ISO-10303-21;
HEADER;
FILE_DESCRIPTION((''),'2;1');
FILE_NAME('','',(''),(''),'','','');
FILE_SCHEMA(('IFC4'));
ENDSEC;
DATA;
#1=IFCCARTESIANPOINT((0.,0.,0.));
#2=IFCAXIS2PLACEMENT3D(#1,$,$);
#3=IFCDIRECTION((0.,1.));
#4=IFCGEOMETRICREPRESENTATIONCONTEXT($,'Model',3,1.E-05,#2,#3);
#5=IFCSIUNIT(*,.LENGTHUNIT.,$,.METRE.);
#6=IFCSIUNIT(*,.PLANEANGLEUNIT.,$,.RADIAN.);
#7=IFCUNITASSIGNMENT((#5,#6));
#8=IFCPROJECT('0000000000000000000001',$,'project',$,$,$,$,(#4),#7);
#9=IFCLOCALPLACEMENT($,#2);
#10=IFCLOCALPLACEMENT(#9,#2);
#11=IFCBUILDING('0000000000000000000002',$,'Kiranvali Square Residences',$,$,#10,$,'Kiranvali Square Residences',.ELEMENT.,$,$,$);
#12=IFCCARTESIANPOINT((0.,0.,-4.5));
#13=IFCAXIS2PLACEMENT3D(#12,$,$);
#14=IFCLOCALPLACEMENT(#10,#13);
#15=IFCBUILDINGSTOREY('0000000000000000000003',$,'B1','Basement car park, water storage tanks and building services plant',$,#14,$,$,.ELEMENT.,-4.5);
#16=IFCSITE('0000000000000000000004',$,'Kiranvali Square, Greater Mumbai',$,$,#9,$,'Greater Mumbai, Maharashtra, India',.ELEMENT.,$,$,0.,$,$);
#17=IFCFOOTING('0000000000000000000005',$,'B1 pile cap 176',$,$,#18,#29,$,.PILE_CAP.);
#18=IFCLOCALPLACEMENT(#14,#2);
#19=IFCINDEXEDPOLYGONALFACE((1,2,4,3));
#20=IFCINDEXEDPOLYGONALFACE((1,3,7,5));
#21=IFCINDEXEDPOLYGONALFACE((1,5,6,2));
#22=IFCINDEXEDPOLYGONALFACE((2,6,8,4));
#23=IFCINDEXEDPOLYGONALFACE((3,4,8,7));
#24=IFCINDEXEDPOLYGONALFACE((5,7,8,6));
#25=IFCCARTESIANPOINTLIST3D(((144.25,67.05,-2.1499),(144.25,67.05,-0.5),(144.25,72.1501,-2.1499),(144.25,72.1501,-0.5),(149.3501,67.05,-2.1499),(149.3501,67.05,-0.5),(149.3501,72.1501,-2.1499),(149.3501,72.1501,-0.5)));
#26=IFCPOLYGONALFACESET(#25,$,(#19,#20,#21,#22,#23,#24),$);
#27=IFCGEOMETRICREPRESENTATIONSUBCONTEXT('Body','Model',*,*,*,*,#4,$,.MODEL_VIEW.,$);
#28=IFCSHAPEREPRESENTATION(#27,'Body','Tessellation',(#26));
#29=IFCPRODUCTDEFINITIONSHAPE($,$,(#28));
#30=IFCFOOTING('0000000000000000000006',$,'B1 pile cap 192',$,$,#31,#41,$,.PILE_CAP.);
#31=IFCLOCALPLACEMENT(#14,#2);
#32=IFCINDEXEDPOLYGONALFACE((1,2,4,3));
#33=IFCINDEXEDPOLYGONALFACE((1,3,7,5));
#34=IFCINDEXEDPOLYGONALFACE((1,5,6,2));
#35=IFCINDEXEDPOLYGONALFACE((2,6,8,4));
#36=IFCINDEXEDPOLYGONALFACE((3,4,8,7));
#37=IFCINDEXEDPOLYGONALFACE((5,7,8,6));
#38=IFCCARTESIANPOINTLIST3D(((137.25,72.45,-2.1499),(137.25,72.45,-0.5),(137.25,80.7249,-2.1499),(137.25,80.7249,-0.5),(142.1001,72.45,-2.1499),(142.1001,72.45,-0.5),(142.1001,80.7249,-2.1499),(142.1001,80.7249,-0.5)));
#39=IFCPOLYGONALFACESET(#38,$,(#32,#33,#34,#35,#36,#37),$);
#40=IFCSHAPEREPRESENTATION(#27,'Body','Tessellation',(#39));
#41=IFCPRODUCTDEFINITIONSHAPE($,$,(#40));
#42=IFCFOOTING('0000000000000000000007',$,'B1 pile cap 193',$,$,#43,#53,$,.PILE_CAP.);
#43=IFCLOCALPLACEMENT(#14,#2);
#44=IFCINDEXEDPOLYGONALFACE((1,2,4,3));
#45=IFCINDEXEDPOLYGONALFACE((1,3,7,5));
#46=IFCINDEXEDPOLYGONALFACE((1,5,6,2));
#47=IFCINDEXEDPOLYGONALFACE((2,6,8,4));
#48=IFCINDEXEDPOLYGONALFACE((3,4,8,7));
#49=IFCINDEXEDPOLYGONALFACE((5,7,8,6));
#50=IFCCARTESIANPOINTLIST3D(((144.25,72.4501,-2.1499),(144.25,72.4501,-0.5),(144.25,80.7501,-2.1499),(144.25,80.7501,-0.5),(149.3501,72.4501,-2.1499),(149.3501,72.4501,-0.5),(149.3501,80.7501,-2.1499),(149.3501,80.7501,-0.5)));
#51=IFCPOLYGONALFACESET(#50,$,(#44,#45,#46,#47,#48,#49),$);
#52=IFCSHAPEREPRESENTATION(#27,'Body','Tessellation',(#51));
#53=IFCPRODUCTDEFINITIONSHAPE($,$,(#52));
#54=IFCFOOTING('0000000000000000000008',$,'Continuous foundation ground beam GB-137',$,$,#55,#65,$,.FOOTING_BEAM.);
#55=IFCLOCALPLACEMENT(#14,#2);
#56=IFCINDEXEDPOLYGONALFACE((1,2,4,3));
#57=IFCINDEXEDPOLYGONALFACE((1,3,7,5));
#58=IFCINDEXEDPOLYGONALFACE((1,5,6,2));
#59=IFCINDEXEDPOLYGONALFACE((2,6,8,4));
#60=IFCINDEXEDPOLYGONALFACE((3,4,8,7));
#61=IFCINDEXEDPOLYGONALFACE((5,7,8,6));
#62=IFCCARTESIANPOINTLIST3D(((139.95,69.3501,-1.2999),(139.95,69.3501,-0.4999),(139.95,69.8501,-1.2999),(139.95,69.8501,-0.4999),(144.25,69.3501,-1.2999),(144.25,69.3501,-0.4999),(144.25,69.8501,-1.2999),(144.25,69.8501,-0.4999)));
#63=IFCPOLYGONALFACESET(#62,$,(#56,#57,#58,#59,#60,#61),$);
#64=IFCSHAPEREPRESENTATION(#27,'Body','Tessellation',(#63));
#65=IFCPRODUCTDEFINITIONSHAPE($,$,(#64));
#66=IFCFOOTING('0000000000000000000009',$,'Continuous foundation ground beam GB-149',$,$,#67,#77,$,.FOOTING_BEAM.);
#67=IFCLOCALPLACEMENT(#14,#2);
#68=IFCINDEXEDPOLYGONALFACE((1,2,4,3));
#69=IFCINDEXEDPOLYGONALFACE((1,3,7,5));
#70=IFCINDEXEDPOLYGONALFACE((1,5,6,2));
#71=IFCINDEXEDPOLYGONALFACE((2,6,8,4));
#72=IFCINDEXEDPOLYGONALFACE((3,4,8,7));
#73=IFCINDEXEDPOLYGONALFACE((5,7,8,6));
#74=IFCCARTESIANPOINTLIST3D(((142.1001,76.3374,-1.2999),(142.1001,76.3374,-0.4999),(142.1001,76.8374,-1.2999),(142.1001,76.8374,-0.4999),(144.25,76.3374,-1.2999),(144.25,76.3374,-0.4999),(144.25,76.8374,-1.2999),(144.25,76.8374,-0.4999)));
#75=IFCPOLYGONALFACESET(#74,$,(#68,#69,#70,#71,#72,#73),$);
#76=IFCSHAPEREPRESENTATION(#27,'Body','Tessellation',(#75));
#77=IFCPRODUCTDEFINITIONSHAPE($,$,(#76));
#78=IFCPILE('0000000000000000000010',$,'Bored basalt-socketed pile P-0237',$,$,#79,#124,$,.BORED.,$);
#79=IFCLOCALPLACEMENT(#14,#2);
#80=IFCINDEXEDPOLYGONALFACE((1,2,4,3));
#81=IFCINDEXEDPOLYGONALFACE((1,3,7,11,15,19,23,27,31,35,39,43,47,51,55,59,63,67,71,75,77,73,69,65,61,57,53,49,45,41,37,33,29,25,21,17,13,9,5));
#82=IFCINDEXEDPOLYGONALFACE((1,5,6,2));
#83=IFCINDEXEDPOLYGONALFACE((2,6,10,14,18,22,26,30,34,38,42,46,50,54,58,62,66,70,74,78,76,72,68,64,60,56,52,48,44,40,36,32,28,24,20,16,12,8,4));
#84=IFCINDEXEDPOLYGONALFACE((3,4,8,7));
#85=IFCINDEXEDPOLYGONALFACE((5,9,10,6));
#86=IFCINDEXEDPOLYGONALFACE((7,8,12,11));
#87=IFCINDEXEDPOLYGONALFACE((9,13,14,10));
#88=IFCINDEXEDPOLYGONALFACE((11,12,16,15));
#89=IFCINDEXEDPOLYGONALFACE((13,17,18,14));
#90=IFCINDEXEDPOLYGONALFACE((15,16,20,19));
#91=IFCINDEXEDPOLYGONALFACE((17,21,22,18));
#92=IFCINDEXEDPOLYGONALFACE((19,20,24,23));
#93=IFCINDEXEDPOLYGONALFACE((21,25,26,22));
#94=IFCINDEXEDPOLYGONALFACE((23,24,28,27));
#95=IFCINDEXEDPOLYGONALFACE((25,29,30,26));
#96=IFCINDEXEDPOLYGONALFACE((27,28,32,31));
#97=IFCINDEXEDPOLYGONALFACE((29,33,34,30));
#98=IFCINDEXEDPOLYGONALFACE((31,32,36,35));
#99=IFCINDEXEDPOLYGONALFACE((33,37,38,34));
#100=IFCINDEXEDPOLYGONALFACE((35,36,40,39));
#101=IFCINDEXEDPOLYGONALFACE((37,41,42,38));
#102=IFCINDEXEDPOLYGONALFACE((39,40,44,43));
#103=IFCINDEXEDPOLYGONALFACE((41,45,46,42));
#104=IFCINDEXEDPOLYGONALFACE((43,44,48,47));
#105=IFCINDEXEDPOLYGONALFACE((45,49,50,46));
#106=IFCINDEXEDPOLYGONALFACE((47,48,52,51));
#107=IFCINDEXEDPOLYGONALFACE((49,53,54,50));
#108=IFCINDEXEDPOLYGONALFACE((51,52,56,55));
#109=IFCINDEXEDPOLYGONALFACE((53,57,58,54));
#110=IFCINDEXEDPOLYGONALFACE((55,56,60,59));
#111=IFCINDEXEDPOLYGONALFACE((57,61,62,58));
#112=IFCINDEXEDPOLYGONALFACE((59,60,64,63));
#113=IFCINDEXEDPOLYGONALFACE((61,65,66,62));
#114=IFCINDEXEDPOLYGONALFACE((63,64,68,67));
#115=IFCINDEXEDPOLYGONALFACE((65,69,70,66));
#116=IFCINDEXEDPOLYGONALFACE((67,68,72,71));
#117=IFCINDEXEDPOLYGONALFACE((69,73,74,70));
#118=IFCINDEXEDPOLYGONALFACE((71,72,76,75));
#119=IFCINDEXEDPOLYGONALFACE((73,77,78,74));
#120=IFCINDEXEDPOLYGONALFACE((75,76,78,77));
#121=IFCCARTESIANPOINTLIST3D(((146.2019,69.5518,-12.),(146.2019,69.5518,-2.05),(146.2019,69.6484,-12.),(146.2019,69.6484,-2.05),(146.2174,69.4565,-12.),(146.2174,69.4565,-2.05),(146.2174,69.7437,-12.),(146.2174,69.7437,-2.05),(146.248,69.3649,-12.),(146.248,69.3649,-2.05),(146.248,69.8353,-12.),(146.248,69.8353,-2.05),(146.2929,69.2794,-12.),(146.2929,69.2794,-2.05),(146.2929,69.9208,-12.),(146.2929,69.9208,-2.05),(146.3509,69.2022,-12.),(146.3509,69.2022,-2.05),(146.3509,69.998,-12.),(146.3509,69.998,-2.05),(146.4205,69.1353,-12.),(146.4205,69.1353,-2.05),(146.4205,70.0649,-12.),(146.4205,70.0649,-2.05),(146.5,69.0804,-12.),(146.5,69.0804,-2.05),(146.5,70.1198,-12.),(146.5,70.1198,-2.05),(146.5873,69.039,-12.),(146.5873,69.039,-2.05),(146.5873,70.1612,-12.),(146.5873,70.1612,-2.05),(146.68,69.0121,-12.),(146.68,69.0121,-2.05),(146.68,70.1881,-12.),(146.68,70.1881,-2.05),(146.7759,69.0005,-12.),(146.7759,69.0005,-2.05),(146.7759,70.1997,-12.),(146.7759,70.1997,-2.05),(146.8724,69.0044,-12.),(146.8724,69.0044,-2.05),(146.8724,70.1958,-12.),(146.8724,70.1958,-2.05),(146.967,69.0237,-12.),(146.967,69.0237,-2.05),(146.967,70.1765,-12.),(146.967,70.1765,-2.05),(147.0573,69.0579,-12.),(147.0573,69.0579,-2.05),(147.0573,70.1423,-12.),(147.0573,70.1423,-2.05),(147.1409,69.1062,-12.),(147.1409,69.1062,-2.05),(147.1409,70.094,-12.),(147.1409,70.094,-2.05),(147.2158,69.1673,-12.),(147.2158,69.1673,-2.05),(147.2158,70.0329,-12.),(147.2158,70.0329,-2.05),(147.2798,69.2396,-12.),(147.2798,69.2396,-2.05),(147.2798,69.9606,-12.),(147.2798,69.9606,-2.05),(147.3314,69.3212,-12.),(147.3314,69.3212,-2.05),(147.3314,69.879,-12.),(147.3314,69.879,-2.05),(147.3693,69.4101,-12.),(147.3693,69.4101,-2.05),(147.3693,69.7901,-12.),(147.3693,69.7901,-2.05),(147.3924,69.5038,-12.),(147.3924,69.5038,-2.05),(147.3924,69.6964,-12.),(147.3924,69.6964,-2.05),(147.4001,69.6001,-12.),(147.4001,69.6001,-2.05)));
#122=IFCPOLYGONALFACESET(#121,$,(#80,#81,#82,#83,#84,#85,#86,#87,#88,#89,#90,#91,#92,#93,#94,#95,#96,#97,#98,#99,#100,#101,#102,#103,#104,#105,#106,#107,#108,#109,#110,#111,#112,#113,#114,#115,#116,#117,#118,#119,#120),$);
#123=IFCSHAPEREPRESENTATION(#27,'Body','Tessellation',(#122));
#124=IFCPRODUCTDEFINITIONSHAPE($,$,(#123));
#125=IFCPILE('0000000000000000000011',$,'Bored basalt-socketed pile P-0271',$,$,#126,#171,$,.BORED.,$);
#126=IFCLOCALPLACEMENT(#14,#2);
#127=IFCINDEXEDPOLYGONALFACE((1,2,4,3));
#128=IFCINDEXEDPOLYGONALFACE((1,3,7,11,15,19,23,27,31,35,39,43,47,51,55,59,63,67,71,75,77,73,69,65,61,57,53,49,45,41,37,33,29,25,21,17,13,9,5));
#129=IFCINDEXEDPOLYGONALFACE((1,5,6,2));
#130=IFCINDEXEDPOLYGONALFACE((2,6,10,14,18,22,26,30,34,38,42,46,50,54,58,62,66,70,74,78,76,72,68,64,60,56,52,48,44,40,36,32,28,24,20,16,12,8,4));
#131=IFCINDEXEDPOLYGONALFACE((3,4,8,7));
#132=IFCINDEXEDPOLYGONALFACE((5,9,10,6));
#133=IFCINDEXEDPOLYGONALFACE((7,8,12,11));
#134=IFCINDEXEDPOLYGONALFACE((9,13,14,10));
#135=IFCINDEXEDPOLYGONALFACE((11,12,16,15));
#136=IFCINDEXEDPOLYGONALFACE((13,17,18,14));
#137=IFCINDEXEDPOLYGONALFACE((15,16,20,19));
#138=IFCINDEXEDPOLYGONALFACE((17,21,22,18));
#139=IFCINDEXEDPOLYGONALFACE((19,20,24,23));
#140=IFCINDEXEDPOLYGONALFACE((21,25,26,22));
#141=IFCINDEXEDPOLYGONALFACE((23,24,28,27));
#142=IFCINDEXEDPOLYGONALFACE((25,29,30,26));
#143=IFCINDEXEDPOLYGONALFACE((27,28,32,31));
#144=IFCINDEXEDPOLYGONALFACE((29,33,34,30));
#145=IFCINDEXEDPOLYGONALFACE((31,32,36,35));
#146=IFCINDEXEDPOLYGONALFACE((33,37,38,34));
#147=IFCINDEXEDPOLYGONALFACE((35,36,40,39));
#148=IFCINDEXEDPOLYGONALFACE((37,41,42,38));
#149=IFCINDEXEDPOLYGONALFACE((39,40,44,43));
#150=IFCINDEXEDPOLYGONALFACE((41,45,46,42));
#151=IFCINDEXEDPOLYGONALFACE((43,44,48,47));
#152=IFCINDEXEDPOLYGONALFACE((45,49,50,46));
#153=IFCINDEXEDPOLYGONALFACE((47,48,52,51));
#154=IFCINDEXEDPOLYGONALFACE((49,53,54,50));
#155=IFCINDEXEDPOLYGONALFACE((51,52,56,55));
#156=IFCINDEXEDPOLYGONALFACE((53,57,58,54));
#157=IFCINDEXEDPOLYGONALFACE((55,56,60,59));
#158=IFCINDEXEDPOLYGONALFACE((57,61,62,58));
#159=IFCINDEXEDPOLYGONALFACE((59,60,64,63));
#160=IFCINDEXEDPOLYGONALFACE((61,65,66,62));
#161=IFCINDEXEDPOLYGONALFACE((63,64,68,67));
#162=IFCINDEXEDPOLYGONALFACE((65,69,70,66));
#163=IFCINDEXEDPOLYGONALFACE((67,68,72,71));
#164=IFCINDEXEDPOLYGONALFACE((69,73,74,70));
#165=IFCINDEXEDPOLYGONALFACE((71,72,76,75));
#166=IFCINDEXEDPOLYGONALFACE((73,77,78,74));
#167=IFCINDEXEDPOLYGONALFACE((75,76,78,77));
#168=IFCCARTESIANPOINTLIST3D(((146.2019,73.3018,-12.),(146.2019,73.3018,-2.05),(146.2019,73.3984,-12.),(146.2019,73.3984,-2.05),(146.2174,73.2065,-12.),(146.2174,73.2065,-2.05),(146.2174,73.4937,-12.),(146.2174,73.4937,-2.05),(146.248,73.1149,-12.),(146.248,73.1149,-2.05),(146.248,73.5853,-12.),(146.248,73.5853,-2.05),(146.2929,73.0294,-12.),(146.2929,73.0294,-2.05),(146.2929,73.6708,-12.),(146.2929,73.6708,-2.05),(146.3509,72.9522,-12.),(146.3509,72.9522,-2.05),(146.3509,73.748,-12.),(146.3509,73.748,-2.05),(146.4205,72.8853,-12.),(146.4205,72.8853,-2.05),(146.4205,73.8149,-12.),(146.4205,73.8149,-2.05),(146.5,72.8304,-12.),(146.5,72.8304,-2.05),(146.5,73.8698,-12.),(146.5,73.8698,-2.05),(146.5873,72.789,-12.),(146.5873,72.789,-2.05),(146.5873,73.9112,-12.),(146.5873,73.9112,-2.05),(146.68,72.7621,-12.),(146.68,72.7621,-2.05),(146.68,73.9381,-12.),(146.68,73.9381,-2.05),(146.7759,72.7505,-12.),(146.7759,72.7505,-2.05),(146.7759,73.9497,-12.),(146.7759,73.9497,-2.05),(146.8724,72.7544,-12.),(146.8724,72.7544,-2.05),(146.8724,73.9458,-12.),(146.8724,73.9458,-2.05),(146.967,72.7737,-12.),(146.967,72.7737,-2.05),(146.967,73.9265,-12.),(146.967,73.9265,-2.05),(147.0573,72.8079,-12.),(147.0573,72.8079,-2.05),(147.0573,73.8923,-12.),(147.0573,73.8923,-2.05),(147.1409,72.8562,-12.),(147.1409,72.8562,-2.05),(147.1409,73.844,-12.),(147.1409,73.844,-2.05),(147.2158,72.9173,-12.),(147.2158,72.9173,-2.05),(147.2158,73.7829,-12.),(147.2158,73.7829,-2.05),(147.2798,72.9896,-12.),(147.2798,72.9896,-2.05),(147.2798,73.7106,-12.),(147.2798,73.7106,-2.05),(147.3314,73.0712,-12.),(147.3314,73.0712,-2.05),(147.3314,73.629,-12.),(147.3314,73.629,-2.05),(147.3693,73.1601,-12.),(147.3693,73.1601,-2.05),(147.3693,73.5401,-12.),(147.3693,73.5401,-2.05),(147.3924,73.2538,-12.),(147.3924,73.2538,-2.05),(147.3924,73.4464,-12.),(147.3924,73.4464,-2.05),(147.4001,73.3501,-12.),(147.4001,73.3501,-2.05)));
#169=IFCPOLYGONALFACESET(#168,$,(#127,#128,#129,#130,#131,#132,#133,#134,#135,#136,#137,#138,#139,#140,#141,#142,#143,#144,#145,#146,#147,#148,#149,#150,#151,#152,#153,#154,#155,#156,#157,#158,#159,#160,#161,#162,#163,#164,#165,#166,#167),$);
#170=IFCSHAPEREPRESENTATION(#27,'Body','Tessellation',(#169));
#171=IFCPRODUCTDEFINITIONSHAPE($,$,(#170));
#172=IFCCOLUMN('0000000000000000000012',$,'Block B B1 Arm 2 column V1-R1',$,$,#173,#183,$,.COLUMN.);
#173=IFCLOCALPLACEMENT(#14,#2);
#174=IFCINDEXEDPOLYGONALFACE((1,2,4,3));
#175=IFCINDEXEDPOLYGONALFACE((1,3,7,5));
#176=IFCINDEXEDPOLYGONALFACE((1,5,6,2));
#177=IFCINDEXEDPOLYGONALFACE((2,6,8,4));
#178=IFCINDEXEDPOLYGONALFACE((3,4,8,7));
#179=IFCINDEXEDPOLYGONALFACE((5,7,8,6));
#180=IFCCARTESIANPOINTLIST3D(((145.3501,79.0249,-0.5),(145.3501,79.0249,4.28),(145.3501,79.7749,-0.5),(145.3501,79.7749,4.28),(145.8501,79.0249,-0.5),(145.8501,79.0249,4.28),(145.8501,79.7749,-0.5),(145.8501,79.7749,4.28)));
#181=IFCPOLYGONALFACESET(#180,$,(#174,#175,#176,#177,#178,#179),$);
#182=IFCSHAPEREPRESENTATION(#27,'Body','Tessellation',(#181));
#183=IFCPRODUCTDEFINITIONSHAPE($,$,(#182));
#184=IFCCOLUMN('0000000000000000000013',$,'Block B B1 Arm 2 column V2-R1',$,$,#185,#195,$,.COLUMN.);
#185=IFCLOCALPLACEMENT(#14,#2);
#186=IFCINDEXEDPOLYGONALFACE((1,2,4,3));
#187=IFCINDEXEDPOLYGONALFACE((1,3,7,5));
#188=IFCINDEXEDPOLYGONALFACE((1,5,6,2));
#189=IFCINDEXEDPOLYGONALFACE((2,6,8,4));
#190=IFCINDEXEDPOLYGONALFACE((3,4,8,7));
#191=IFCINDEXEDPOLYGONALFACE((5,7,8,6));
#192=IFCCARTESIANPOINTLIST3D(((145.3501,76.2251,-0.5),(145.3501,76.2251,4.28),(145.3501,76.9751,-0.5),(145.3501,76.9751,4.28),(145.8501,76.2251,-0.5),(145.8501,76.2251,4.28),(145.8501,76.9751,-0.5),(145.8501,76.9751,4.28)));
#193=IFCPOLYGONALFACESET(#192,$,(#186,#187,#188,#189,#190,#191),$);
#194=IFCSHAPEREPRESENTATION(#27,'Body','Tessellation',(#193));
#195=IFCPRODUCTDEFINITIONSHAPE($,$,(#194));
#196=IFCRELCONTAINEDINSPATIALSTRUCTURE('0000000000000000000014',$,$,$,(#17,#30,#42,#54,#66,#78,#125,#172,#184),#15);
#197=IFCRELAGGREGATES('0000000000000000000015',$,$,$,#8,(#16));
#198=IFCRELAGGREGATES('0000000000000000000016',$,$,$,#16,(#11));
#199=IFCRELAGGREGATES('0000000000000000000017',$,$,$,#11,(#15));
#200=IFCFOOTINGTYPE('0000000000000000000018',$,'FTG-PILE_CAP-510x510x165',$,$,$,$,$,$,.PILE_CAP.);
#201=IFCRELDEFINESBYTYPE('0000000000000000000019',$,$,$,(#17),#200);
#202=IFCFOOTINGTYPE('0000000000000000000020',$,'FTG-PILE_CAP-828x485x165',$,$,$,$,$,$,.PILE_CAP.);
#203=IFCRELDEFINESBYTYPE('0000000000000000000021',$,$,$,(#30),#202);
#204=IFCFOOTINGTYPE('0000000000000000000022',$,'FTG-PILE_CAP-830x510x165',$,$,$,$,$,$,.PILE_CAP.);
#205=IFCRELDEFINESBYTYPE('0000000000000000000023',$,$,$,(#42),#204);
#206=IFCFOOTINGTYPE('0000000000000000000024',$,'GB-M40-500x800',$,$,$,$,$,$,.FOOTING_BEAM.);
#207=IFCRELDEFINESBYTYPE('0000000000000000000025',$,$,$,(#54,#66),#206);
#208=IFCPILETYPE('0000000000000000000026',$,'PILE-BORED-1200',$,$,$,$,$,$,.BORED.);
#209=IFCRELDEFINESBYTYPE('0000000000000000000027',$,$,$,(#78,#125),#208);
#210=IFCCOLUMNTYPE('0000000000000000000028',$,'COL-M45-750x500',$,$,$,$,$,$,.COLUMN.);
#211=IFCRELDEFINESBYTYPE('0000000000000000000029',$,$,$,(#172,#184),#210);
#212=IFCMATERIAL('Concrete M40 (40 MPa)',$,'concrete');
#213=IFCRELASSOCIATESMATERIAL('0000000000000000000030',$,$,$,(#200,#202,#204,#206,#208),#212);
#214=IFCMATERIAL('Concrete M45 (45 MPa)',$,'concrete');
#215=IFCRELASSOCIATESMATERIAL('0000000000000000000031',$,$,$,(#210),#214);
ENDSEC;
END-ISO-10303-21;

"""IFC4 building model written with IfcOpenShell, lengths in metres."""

from ifc_helpers import new_model, si_unit, direction, frame, origin, origin_2d, place, context, subcontext, project, spatial, rectangle, circle, extrude, material, material_profile, profile_set, type_object, element, save


model = new_model("IFC4")

# Units and contexts
model_context = context("Model", 3, precision=1e-05, world=origin(), true_north=direction((0.0, 1.0)))
body_context = subcontext(model_context, "Body", "Model", "MODEL_VIEW")
ifc_project = project(units=[si_unit("LENGTHUNIT", "METRE"), si_unit("PLANEANGLEUNIT", "RADIAN")], contexts=[model_context])

# Site, building, storey
site_placement = place(None, origin())
site = spatial("IfcSite", under=ifc_project, at=site_placement, Name="Kiranvali Square, Greater Mumbai", LongName="Greater Mumbai, Maharashtra, India", CompositionType="ELEMENT", RefElevation=0.0)
building_placement = place(site_placement, origin())
building = spatial("IfcBuilding", under=site, at=building_placement, Name="Kiranvali Square Residences", LongName="Kiranvali Square Residences", CompositionType="ELEMENT")
storey_placement = place(building_placement, frame((0.0, 0.0, -4.5)))
storey = spatial("IfcBuildingStorey", under=building, at=storey_placement, Name="B1", Description="Basement car park, water storage tanks and building services plant", CompositionType="ELEMENT", Elevation=-4.5)

# Footings
ifc_material_1 = material(Name="Concrete M40 (40 MPa)", Category="concrete")
footing_type_1 = type_object("IfcFootingType", Name="FTG-PILE_CAP-510x510x165", PredefinedType="PILE_CAP", material=ifc_material_1)
footing_1_placement = place(storey_placement, frame((146.8, 69.6001, -2.1499), z_axis=(0.0, 0.0, 1.0), x_axis=(1.0, 0.0, 0.0)))
element("IfcFooting", 1, at=footing_1_placement, inside=storey, type_object=footing_type_1, Name="B1 pile cap 176", PredefinedType="PILE_CAP", context=body_context, shape_type="SweptSolid", body=[
    extrude(rectangle(XDim=5.1001, YDim=5.1001, at=origin_2d()), origin(), (0.0, 0.0, 1.0), 1.6499),
])
footing_type_2 = type_object("IfcFootingType", Name="FTG-PILE_CAP-828x485x165", PredefinedType="PILE_CAP", material=ifc_material_1)
footing_2_placement = place(storey_placement, frame((139.675, 76.5874, -2.1499), z_axis=(0.0, 0.0, 1.0), x_axis=(0.0, 1.0, 0.0)))
element("IfcFooting", 2, at=footing_2_placement, inside=storey, type_object=footing_type_2, Name="B1 pile cap 192", PredefinedType="PILE_CAP", context=body_context, shape_type="SweptSolid", body=[
    extrude(rectangle(XDim=8.2749, YDim=4.8501, at=origin_2d()), origin(), (0.0, 0.0, 1.0), 1.6499),
])
footing_type_3 = type_object("IfcFootingType", Name="FTG-PILE_CAP-830x510x165", PredefinedType="PILE_CAP", material=ifc_material_1)
footing_3_placement = place(storey_placement, frame((146.8, 76.6001, -2.1499), z_axis=(0.0, 0.0, 1.0), x_axis=(0.0, 1.0, 0.0)))
element("IfcFooting", 3, at=footing_3_placement, inside=storey, type_object=footing_type_3, Name="B1 pile cap 193", PredefinedType="PILE_CAP", context=body_context, shape_type="SweptSolid", body=[
    extrude(rectangle(XDim=8.3, YDim=5.1001, at=origin_2d()), origin(), (0.0, 0.0, 1.0), 1.6499),
])
ifc_material_profile_1 = material_profile(ifc_material_1, rectangle(XDim=0.5, YDim=0.8, at=origin_2d()), Name="GB 500x800")
ifc_profile_set_1 = profile_set([ifc_material_profile_1], Name="Concrete M40 (40 MPa)")
footing_type_4 = type_object("IfcFootingType", Name="GB-M40-500x800", PredefinedType="FOOTING_BEAM", material=ifc_profile_set_1)
footing_4_placement = place(storey_placement, frame((139.95, 69.6001, -0.8999), z_axis=(1.0, 0.0, 0.0), x_axis=(0.0, 1.0, 0.0)))
element("IfcFooting", 4, at=footing_4_placement, inside=storey, type_object=footing_type_4, Name="Continuous foundation ground beam GB-137", PredefinedType="FOOTING_BEAM", context=body_context, shape_type="SweptSolid", body=[
    extrude(rectangle(XDim=0.5, YDim=0.8, at=origin_2d()), origin(), (0.0, 0.0, 1.0), 4.3),
])
footing_5_placement = place(storey_placement, frame((142.1001, 76.5874, -0.8999), z_axis=(1.0, 0.0, 0.0), x_axis=(0.0, 1.0, 0.0)))
element("IfcFooting", 5, at=footing_5_placement, inside=storey, type_object=footing_type_4, Name="Continuous foundation ground beam GB-149", PredefinedType="FOOTING_BEAM", context=body_context, shape_type="SweptSolid", body=[
    extrude(rectangle(XDim=0.5, YDim=0.8, at=origin_2d()), origin(), (0.0, 0.0, 1.0), 2.1499),
])

# Piles
ifc_material_profile_2 = material_profile(ifc_material_1, circle(Radius=0.6001, at=origin_2d()), Name="BORED PILE 1200")
ifc_profile_set_2 = profile_set([ifc_material_profile_2], Name="Concrete M40 (40 MPa)")
pile_type = type_object("IfcPileType", Name="PILE-BORED-1200", PredefinedType="BORED", material=ifc_profile_set_2)
for number, where, z_axis, x_axis, name in (
    (6, (146.8, 69.6001, -2.05), (0.0, 0.0, -1.0), (1.0, 0.0, 0.0), "Bored basalt-socketed pile P-0237"),
    (7, (146.8, 73.3501, -2.05), (0.0, 0.0, -1.0), (1.0, 0.0, 0.0), "Bored basalt-socketed pile P-0271"),
):
    element("IfcPile", number, at=place(storey_placement, frame(where, z_axis=z_axis, x_axis=x_axis)), inside=storey, type_object=pile_type, Name=name, PredefinedType="BORED", context=body_context, shape_type="SweptSolid", body=[
        extrude(circle(Radius=0.6001, at=origin_2d()), origin(), (0.0, 0.0, 1.0), 9.95),
    ])

# Columns
ifc_material_2 = material(Name="Concrete M45 (45 MPa)", Category="concrete")
ifc_material_profile_3 = material_profile(ifc_material_2, rectangle(XDim=0.5, YDim=0.75, at=origin_2d()), Name="RC 750x500")
ifc_profile_set_3 = profile_set([ifc_material_profile_3], Name="Concrete M45 (45 MPa)")
column_type = type_object("IfcColumnType", Name="COL-M45-750x500", PredefinedType="COLUMN", material=ifc_profile_set_3)
for number, where, z_axis, x_axis, name in (
    (8, (145.6001, 79.3999, -0.5), (0.0, 0.0, 1.0), (1.0, 0.0, 0.0), "Block B B1 Arm 2 column V1-R1"),
    (9, (145.6001, 76.6001, -0.5), (0.0, 0.0, 1.0), (1.0, 0.0, 0.0), "Block B B1 Arm 2 column V2-R1"),
):
    element("IfcColumn", number, at=place(storey_placement, frame(where, z_axis=z_axis, x_axis=x_axis)), inside=storey, type_object=column_type, Name=name, PredefinedType="COLUMN", context=body_context, shape_type="SweptSolid", body=[
        extrude(rectangle(XDim=0.5, YDim=0.75, at=origin_2d()), origin(), (0.0, 0.0, 1.0), 4.78),
    ])

save(model, "model.ifc")
